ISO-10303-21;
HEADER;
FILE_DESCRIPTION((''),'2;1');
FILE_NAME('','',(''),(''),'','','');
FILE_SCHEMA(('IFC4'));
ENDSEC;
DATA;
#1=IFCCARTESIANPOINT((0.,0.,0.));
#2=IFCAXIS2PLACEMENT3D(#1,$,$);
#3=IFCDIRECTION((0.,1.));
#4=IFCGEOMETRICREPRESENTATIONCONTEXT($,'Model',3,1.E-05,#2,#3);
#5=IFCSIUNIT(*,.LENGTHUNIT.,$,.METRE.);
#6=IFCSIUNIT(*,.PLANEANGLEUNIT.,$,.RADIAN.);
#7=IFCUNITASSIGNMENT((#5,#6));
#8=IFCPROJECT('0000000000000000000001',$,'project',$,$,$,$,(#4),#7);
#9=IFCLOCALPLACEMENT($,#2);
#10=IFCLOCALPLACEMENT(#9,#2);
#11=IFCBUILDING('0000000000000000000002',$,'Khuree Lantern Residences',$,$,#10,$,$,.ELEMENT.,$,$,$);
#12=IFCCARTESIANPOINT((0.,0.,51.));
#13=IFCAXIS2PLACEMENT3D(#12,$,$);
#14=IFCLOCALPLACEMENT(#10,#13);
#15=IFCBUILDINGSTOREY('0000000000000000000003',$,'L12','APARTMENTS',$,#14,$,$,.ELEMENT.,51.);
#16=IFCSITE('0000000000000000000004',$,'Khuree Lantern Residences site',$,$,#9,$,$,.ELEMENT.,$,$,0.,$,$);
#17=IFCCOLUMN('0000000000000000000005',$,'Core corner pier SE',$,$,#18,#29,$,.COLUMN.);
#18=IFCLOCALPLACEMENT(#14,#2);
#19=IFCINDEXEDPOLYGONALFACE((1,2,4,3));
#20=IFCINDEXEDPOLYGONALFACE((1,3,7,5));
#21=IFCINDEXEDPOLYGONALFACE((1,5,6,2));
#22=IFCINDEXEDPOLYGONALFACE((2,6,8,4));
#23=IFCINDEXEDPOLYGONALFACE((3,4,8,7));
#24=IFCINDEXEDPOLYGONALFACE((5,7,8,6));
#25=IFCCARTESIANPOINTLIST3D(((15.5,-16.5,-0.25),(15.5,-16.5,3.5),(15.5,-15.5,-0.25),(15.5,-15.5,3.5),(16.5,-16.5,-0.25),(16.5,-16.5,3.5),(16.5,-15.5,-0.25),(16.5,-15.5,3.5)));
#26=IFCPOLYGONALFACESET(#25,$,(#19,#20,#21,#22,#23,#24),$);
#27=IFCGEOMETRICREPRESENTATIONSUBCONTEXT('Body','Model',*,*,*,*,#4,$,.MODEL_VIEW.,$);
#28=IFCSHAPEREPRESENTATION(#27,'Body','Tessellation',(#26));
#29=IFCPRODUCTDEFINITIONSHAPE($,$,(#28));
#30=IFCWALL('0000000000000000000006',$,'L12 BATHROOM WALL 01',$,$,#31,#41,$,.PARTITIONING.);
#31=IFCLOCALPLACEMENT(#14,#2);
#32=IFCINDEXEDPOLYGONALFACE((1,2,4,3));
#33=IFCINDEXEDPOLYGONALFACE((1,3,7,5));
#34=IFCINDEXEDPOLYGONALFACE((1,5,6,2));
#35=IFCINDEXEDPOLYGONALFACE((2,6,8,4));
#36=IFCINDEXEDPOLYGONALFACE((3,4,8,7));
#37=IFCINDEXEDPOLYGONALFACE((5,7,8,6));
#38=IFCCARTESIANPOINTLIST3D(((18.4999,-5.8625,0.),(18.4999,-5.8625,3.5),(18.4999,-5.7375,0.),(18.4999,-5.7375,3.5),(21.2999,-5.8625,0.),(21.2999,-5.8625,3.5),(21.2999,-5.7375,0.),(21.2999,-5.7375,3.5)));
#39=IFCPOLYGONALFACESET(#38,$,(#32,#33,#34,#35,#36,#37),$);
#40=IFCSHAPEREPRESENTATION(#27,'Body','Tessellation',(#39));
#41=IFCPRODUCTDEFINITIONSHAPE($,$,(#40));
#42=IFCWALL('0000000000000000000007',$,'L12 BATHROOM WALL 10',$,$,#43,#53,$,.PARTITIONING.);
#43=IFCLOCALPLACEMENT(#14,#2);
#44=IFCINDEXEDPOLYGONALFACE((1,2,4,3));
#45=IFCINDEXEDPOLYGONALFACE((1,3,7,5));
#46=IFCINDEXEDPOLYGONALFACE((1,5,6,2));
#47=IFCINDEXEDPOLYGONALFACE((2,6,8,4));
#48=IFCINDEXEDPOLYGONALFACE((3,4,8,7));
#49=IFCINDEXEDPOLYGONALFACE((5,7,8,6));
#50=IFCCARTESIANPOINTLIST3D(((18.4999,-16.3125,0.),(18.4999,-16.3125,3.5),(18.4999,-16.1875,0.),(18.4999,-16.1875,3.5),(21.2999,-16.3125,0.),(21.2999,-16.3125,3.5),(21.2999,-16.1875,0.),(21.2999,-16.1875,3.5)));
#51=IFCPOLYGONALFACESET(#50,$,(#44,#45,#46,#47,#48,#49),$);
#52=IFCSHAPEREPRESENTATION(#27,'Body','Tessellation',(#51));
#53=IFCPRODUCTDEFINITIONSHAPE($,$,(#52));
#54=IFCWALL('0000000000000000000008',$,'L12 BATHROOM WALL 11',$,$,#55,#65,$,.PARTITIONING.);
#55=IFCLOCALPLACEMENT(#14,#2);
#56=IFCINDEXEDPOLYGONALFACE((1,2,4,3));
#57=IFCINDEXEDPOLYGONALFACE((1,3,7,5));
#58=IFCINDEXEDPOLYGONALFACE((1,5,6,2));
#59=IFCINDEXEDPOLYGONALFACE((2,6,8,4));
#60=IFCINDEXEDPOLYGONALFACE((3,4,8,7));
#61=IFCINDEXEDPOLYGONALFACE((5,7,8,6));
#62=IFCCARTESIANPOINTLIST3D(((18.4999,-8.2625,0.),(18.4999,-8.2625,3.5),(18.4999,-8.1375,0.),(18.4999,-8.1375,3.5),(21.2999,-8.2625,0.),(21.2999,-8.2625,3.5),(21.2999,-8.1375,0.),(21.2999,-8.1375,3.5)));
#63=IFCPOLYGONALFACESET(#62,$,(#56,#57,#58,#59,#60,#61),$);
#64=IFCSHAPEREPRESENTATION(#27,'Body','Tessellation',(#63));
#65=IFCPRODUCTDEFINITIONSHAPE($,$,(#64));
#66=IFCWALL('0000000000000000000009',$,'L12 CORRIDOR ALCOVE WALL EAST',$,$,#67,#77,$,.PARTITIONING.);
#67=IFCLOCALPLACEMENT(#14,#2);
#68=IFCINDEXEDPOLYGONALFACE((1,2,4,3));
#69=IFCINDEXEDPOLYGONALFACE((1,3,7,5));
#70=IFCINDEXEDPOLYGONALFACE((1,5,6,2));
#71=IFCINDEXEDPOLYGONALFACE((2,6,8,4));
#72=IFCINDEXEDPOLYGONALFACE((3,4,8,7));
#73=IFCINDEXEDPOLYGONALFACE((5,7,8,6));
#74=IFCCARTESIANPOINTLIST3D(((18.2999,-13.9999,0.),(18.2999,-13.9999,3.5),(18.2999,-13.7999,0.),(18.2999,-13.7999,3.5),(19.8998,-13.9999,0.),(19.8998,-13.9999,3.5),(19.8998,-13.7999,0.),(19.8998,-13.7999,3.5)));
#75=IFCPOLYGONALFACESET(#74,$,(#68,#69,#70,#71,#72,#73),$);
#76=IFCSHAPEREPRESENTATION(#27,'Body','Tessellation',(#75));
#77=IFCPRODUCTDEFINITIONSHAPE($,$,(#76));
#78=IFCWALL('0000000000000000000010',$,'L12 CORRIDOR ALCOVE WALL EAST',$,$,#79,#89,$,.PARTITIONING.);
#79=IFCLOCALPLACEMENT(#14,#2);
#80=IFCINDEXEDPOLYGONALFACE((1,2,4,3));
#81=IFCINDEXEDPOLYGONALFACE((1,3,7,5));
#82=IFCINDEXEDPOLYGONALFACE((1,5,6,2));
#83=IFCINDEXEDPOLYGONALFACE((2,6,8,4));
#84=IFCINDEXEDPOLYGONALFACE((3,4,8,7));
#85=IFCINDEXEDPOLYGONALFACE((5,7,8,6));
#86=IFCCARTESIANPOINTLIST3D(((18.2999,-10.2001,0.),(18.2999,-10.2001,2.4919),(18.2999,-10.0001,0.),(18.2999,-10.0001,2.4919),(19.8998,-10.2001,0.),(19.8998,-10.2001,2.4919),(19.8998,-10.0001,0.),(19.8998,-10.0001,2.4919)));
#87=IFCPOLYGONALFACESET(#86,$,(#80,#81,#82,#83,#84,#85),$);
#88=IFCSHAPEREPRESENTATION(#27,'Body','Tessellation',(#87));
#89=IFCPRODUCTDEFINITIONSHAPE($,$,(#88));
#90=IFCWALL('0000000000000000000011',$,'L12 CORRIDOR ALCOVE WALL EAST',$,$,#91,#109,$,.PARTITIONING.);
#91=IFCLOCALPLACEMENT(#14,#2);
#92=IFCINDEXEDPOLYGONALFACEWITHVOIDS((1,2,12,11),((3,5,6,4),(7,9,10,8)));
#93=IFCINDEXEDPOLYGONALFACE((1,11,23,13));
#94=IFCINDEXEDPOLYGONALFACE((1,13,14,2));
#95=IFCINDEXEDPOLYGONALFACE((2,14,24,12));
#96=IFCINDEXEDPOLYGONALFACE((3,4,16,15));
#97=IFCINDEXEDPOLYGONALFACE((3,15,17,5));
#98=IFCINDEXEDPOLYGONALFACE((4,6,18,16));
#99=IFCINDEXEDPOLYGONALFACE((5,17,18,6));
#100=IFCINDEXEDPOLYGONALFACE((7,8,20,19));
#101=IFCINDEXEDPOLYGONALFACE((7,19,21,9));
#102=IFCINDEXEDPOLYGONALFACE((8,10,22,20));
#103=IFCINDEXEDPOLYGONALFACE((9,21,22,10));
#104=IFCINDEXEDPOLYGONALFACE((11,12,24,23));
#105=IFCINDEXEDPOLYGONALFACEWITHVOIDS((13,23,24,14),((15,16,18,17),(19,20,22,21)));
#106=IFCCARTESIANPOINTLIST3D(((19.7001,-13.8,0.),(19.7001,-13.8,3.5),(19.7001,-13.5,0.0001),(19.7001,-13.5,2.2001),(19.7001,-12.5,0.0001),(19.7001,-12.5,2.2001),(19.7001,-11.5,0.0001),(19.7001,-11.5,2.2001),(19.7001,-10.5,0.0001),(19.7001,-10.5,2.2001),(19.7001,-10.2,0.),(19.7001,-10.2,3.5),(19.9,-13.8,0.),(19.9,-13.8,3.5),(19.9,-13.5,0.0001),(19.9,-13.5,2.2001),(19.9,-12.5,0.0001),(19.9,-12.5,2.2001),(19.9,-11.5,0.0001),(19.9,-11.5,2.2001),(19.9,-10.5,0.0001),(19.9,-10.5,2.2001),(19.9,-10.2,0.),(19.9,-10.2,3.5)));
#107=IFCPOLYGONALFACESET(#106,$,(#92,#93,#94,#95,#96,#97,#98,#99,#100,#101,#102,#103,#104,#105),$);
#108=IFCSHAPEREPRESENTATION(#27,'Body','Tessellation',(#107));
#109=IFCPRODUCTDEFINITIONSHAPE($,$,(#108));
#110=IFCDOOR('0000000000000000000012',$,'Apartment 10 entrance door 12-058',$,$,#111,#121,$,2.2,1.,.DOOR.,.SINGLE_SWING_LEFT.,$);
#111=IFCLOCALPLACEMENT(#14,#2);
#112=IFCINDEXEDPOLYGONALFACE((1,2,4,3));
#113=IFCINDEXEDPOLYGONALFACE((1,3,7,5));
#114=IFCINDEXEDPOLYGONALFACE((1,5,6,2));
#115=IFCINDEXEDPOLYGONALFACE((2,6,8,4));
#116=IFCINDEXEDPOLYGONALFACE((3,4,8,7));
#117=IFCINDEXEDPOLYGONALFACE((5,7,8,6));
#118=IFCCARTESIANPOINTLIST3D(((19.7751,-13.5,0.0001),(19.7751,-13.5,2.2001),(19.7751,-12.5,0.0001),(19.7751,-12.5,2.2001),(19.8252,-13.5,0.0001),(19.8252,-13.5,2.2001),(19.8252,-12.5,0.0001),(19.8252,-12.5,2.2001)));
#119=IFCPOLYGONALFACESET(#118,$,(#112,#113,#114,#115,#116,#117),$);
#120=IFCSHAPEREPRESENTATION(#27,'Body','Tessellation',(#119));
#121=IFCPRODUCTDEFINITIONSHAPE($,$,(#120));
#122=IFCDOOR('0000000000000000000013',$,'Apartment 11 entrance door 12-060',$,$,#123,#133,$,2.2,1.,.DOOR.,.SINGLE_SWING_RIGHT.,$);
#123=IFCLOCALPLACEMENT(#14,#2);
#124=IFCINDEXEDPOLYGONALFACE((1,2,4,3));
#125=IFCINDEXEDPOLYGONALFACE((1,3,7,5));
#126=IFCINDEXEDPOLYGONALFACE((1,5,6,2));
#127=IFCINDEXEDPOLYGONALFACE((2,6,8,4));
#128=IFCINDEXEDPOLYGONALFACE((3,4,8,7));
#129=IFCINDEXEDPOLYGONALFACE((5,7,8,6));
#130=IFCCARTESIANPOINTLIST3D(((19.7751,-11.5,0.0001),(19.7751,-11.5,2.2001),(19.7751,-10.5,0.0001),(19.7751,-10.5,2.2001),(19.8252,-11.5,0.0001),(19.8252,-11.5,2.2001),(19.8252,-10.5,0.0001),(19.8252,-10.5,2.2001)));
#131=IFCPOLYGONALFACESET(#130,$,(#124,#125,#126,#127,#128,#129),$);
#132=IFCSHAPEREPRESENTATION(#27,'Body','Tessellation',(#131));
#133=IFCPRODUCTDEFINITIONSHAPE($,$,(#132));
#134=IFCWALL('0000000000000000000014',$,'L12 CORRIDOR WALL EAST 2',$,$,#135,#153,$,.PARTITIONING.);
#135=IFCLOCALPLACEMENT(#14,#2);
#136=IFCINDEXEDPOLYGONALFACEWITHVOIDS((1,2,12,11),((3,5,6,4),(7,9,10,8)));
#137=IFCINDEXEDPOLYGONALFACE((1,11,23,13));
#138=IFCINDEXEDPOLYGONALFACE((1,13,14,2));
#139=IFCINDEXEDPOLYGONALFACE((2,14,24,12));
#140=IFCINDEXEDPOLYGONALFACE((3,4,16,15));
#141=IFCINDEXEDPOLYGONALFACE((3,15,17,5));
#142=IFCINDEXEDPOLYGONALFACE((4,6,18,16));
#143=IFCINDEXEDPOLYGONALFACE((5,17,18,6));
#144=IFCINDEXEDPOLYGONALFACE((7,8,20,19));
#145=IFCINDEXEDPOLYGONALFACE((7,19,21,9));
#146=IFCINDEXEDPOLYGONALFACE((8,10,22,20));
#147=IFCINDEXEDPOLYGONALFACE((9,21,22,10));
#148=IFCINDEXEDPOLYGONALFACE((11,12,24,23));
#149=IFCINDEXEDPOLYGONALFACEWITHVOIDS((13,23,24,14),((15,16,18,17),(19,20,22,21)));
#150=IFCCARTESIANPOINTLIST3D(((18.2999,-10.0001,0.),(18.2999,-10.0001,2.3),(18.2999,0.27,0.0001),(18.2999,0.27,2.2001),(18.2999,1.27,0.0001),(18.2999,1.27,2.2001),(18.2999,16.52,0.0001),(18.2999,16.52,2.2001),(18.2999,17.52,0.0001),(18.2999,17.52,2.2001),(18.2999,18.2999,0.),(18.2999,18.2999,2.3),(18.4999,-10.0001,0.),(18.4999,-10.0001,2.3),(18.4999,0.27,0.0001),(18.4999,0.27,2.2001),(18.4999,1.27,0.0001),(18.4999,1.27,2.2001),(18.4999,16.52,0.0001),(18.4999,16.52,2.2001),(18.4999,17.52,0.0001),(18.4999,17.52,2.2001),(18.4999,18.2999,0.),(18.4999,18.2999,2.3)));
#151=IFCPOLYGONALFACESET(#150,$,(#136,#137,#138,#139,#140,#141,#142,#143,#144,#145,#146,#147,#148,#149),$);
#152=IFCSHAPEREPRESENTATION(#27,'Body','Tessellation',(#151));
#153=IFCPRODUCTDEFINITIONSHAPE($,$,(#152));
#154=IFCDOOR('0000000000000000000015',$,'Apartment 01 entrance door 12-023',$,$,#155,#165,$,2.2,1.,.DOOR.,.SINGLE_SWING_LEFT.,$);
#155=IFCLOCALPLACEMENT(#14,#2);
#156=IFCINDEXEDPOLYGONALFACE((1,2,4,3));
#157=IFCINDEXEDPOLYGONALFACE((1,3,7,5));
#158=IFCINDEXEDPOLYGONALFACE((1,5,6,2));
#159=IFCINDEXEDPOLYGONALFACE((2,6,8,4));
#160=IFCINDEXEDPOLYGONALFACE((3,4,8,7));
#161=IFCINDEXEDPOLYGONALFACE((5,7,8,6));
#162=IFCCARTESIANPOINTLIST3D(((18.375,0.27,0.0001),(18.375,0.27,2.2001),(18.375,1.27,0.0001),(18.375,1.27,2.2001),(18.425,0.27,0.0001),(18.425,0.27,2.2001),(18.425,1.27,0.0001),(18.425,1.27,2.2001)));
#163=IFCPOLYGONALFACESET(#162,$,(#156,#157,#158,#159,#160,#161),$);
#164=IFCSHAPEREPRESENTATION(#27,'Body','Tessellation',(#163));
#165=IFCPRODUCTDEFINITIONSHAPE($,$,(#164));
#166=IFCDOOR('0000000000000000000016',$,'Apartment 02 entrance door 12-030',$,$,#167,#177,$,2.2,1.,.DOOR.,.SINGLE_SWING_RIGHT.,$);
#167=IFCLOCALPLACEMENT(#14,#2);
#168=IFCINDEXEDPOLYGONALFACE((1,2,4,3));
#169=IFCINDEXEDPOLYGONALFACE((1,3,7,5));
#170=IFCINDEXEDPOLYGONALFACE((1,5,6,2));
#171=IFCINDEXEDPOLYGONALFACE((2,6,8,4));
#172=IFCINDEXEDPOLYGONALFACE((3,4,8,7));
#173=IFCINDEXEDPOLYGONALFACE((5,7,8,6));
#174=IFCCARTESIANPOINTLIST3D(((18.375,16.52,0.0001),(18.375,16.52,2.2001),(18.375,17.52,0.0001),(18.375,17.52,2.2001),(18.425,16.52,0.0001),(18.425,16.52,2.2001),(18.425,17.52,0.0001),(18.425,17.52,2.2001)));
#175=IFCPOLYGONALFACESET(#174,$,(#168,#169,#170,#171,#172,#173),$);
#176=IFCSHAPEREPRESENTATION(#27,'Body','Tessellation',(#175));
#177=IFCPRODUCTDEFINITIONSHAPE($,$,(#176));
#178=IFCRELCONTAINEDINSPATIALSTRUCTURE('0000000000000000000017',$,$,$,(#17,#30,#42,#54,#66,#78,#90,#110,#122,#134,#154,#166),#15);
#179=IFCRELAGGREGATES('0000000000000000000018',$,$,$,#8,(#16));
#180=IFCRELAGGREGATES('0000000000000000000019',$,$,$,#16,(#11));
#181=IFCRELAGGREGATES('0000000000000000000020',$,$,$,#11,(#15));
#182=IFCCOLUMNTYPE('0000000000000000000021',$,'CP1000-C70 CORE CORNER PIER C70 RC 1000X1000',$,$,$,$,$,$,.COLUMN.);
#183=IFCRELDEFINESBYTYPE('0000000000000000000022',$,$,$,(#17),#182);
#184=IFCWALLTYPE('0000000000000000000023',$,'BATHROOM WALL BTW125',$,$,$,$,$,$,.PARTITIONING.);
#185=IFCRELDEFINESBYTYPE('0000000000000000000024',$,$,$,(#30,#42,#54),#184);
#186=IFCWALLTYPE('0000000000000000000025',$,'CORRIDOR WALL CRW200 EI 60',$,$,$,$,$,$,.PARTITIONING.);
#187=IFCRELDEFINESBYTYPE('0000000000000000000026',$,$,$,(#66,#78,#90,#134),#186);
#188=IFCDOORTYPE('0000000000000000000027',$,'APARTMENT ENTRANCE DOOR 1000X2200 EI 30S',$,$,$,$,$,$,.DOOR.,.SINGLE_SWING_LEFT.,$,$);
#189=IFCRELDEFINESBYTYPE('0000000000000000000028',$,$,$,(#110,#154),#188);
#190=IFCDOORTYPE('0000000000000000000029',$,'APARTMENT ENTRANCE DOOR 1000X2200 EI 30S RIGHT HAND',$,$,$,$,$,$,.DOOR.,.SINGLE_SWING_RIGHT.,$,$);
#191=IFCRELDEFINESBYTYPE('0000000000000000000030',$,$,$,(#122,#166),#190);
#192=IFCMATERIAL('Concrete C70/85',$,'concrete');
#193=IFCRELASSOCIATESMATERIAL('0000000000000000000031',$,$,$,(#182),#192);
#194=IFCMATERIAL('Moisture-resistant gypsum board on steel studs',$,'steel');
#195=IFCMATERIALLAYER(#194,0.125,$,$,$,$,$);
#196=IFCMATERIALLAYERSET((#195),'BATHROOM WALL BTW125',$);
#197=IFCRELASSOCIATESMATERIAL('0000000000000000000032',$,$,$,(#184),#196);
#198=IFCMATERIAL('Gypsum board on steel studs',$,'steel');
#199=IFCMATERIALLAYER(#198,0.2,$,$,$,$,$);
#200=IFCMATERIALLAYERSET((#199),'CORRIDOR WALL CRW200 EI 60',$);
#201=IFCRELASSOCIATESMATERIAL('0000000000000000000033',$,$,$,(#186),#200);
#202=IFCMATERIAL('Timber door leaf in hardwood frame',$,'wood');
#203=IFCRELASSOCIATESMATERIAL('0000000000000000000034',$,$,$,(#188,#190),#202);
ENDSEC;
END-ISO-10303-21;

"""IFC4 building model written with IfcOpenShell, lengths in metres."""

from ifc_helpers import new_model, si_unit, direction, frame, frame_2d, origin, origin_2d, place, context, subcontext, project, spatial, rectangle, extrude, material, layer, layer_set, material_profile, profile_set, type_object, element, fill, save


model = new_model("IFC4")

# Units and contexts
model_context = context("Model", 3, precision=1e-05, world=origin(), true_north=direction((0.0, 1.0)))
body_context = subcontext(model_context, "Body", "Model", "MODEL_VIEW")
ifc_project = project(units=[si_unit("LENGTHUNIT", "METRE"), si_unit("PLANEANGLEUNIT", "RADIAN")], contexts=[model_context])

# Site, building, storey
site_placement = place(None, origin())
site = spatial("IfcSite", under=ifc_project, at=site_placement, Name="Khuree Lantern Residences site", CompositionType="ELEMENT", RefElevation=0.0)
building_placement = place(site_placement, origin())
building = spatial("IfcBuilding", under=site, at=building_placement, Name="Khuree Lantern Residences", CompositionType="ELEMENT")
storey_placement = place(building_placement, frame((0.0, 0.0, 51.0)))
storey = spatial("IfcBuildingStorey", under=building, at=storey_placement, Name="L12", Description="APARTMENTS", CompositionType="ELEMENT", Elevation=51.0)

# Column
ifc_material_1 = material(Name="Concrete C70/85", Category="concrete")
ifc_material_profile = material_profile(ifc_material_1, rectangle(XDim=1.0, YDim=1.0, at=origin_2d()), Name="RC 1000X1000")
ifc_profile_set = profile_set([ifc_material_profile], Name="Concrete C70/85")
column_type = type_object("IfcColumnType", Name="CP1000-C70 CORE CORNER PIER C70 RC 1000X1000", PredefinedType="COLUMN", material=ifc_profile_set)
column_placement = place(storey_placement, frame((16.0, -16.0, -0.25), z_axis=(0.0, 0.0, 1.0), x_axis=(1.0, 0.0, 0.0)))
element("IfcColumn", 1, at=column_placement, inside=storey, type_object=column_type, Name="Core corner pier SE", PredefinedType="COLUMN", context=body_context, shape_type="SweptSolid", body=[
    extrude(rectangle(XDim=1.0, YDim=1.0, at=origin_2d()), origin(), (0.0, 0.0, 1.0), 3.75),
])

# Walls
ifc_material_2 = material(Name="Moisture-resistant gypsum board on steel studs", Category="steel")
ifc_layer_1 = layer(ifc_material_2, 0.125)
ifc_layer_set_1 = layer_set([ifc_layer_1], Name="BATHROOM WALL BTW125")
wall_type_1 = type_object("IfcWallType", Name="BATHROOM WALL BTW125", PredefinedType="PARTITIONING", material=ifc_layer_set_1)
for number, where, z_axis, x_axis, name in (
    (2, (18.5, -5.8, 0.0), (0.0, 0.0, 1.0), (1.0, 0.0, 0.0), "L12 BATHROOM WALL 01"),
    (3, (18.5, -16.25, 0.0), (0.0, 0.0, 1.0), (1.0, 0.0, 0.0), "L12 BATHROOM WALL 10"),
    (4, (18.5, -8.2, 0.0), (0.0, 0.0, 1.0), (1.0, 0.0, 0.0), "L12 BATHROOM WALL 11"),
):
    element("IfcWall", number, at=place(storey_placement, frame(where, z_axis=z_axis, x_axis=x_axis)), inside=storey, type_object=wall_type_1, Name=name, PredefinedType="PARTITIONING", context=body_context, shape_type="SweptSolid", body=[
        extrude(rectangle(XDim=2.8, YDim=0.125, at=frame_2d((1.3999, 0.0))), origin(), (0.0, 0.0, 1.0), 3.5),
    ])
ifc_material_3 = material(Name="Gypsum board on steel studs", Category="steel")
ifc_layer_2 = layer(ifc_material_3, 0.2)
ifc_layer_set_2 = layer_set([ifc_layer_2], Name="CORRIDOR WALL CRW200 EI 60")
wall_type_2 = type_object("IfcWallType", Name="CORRIDOR WALL CRW200 EI 60", PredefinedType="PARTITIONING", material=ifc_layer_set_2)
wall_1_placement = place(storey_placement, frame((18.3, -13.8999, 0.0), z_axis=(0.0, 0.0, 1.0), x_axis=(1.0, 0.0, 0.0)))
element("IfcWall", 5, at=wall_1_placement, inside=storey, type_object=wall_type_2, Name="L12 CORRIDOR ALCOVE WALL EAST", PredefinedType="PARTITIONING", context=body_context, shape_type="SweptSolid", body=[
    extrude(rectangle(XDim=1.5999, YDim=0.2, at=frame_2d((0.7998, 0.0))), origin(), (0.0, 0.0, 1.0), 3.5),
])
wall_2_placement = place(storey_placement, frame((18.3, -10.1001, 0.0), z_axis=(0.0, 0.0, 1.0), x_axis=(1.0, 0.0, 0.0)))
element("IfcWall", 6, at=wall_2_placement, inside=storey, type_object=wall_type_2, Name="L12 CORRIDOR ALCOVE WALL EAST", PredefinedType="PARTITIONING", context=body_context, shape_type="SweptSolid", body=[
    extrude(rectangle(XDim=1.5999, YDim=0.2, at=frame_2d((0.7998, 0.0))), origin(), (0.0, 0.0, 1.0), 2.4919),
])

# Walls, openings, doors
wall_3_placement = place(storey_placement, frame((19.8, -13.8, 0.0), z_axis=(0.0, 0.0, 1.0), x_axis=(0.0, 1.0, 0.0)))
wall_3 = element("IfcWall", 7, at=wall_3_placement, inside=storey, type_object=wall_type_2, Name="L12 CORRIDOR ALCOVE WALL EAST", PredefinedType="PARTITIONING", context=body_context, shape_type="SweptSolid", body=[
    extrude(rectangle(XDim=3.6001, YDim=0.2, at=frame_2d((1.8, 0.0))), origin(), (0.0, 0.0, 1.0), 3.5),
])
opening_1_placement = place(wall_3_placement, frame((0.3, 0.0, 0.0)))
opening_1 = element("IfcOpeningElement", 8, at=opening_1_placement, cuts=wall_3, PredefinedType="OPENING", context=body_context, shape_type="SweptSolid", body=[
    extrude(rectangle(XDim=1.0, YDim=2.2, at=frame_2d((0.5, 1.1001))), frame((0.0, 0.1099, 0.0), z_axis=(0.0, -1.0, 0.0), x_axis=(1.0, 0.0, 0.0)), (0.0, 0.0, 1.0), 0.22),
])
opening_2_placement = place(wall_3_placement, frame((2.3, 0.0, 0.0)))
opening_2 = element("IfcOpeningElement", 9, at=opening_2_placement, cuts=wall_3, PredefinedType="OPENING", context=body_context, shape_type="SweptSolid", body=[
    extrude(rectangle(XDim=1.0, YDim=2.2, at=frame_2d((0.5, 1.1001))), frame((0.0, 0.1099, 0.0), z_axis=(0.0, -1.0, 0.0), x_axis=(1.0, 0.0, 0.0)), (0.0, 0.0, 1.0), 0.22),
])
ifc_material_4 = material(Name="Timber door leaf in hardwood frame", Category="wood")
door_type_1 = type_object("IfcDoorType", Name="APARTMENT ENTRANCE DOOR 1000X2200 EI 30S", OperationType="SINGLE_SWING_LEFT", PredefinedType="DOOR", material=ifc_material_4)
door_1_placement = place(opening_1_placement, origin())
door_1 = element("IfcDoor", 10, at=door_1_placement, inside=storey, type_object=door_type_1, Name="Apartment 10 entrance door 12-058", OperationType="SINGLE_SWING_LEFT", OverallHeight=2.2, OverallWidth=1.0, PredefinedType="DOOR", context=body_context, shape_type="SweptSolid", body=[
    extrude(rectangle(XDim=1.0, YDim=2.2, at=frame_2d((0.5, 1.1001))), frame((0.0, 0.0249, 0.0), z_axis=(0.0, -1.0, 0.0), x_axis=(1.0, 0.0, 0.0)), (0.0, 0.0, 1.0), 0.05),
])
fill(opening_1, door_1)
door_type_2 = type_object("IfcDoorType", Name="APARTMENT ENTRANCE DOOR 1000X2200 EI 30S RIGHT HAND", OperationType="SINGLE_SWING_RIGHT", PredefinedType="DOOR", material=ifc_material_4)
door_2_placement = place(opening_2_placement, origin())
door_2 = element("IfcDoor", 11, at=door_2_placement, inside=storey, type_object=door_type_2, Name="Apartment 11 entrance door 12-060", OperationType="SINGLE_SWING_RIGHT", OverallHeight=2.2, OverallWidth=1.0, PredefinedType="DOOR", context=body_context, shape_type="SweptSolid", body=[
    extrude(rectangle(XDim=1.0, YDim=2.2, at=frame_2d((0.5, 1.1001))), frame((0.0, 0.0249, 0.0), z_axis=(0.0, -1.0, 0.0), x_axis=(1.0, 0.0, 0.0)), (0.0, 0.0, 1.0), 0.05),
])
fill(opening_2, door_2)
wall_4_placement = place(storey_placement, frame((18.3999, -10.0, 0.0), z_axis=(0.0, 0.0, 1.0), x_axis=(0.0, 1.0, 0.0)))
wall_4 = element("IfcWall", 12, at=wall_4_placement, inside=storey, type_object=wall_type_2, Name="L12 CORRIDOR WALL EAST 2", PredefinedType="PARTITIONING", context=body_context, shape_type="SweptSolid", body=[
    extrude(rectangle(XDim=28.3, YDim=0.2, at=frame_2d((14.1499, 0.0))), origin(), (0.0, 0.0, 1.0), 2.3),
])
opening_3_placement = place(wall_4_placement, frame((10.27, 0.0, 0.0)))
opening_3 = element("IfcOpeningElement", 13, at=opening_3_placement, cuts=wall_4, PredefinedType="OPENING", context=body_context, shape_type="SweptSolid", body=[
    extrude(rectangle(XDim=1.0, YDim=2.2, at=frame_2d((0.5, 1.1001))), frame((0.0, 0.1099, 0.0), z_axis=(0.0, -1.0, 0.0), x_axis=(1.0, 0.0, 0.0)), (0.0, 0.0, 1.0), 0.22),
])
opening_4_placement = place(wall_4_placement, frame((26.52, 0.0, 0.0)))
opening_4 = element("IfcOpeningElement", 14, at=opening_4_placement, cuts=wall_4, PredefinedType="OPENING", context=body_context, shape_type="SweptSolid", body=[
    extrude(rectangle(XDim=1.0, YDim=2.2, at=frame_2d((0.5, 1.1001))), frame((0.0, 0.1099, 0.0), z_axis=(0.0, -1.0, 0.0), x_axis=(1.0, 0.0, 0.0)), (0.0, 0.0, 1.0), 0.22),
])
door_3_placement = place(opening_3_placement, origin())
door_3 = element("IfcDoor", 15, at=door_3_placement, inside=storey, type_object=door_type_1, Name="Apartment 01 entrance door 12-023", OperationType="SINGLE_SWING_LEFT", OverallHeight=2.2, OverallWidth=1.0, PredefinedType="DOOR", context=body_context, shape_type="SweptSolid", body=[
    extrude(rectangle(XDim=1.0, YDim=2.2, at=frame_2d((0.5, 1.1001))), frame((0.0, 0.0249, 0.0), z_axis=(0.0, -1.0, 0.0), x_axis=(1.0, 0.0, 0.0)), (0.0, 0.0, 1.0), 0.05),
])
fill(opening_3, door_3)
door_4_placement = place(opening_4_placement, origin())
door_4 = element("IfcDoor", 16, at=door_4_placement, inside=storey, type_object=door_type_2, Name="Apartment 02 entrance door 12-030", OperationType="SINGLE_SWING_RIGHT", OverallHeight=2.2, OverallWidth=1.0, PredefinedType="DOOR", context=body_context, shape_type="SweptSolid", body=[
    extrude(rectangle(XDim=1.0, YDim=2.2, at=frame_2d((0.5, 1.1001))), frame((0.0, 0.0249, 0.0), z_axis=(0.0, -1.0, 0.0), x_axis=(1.0, 0.0, 0.0)), (0.0, 0.0, 1.0), 0.05),
])
fill(opening_4, door_4)

save(model, "model.ifc")
